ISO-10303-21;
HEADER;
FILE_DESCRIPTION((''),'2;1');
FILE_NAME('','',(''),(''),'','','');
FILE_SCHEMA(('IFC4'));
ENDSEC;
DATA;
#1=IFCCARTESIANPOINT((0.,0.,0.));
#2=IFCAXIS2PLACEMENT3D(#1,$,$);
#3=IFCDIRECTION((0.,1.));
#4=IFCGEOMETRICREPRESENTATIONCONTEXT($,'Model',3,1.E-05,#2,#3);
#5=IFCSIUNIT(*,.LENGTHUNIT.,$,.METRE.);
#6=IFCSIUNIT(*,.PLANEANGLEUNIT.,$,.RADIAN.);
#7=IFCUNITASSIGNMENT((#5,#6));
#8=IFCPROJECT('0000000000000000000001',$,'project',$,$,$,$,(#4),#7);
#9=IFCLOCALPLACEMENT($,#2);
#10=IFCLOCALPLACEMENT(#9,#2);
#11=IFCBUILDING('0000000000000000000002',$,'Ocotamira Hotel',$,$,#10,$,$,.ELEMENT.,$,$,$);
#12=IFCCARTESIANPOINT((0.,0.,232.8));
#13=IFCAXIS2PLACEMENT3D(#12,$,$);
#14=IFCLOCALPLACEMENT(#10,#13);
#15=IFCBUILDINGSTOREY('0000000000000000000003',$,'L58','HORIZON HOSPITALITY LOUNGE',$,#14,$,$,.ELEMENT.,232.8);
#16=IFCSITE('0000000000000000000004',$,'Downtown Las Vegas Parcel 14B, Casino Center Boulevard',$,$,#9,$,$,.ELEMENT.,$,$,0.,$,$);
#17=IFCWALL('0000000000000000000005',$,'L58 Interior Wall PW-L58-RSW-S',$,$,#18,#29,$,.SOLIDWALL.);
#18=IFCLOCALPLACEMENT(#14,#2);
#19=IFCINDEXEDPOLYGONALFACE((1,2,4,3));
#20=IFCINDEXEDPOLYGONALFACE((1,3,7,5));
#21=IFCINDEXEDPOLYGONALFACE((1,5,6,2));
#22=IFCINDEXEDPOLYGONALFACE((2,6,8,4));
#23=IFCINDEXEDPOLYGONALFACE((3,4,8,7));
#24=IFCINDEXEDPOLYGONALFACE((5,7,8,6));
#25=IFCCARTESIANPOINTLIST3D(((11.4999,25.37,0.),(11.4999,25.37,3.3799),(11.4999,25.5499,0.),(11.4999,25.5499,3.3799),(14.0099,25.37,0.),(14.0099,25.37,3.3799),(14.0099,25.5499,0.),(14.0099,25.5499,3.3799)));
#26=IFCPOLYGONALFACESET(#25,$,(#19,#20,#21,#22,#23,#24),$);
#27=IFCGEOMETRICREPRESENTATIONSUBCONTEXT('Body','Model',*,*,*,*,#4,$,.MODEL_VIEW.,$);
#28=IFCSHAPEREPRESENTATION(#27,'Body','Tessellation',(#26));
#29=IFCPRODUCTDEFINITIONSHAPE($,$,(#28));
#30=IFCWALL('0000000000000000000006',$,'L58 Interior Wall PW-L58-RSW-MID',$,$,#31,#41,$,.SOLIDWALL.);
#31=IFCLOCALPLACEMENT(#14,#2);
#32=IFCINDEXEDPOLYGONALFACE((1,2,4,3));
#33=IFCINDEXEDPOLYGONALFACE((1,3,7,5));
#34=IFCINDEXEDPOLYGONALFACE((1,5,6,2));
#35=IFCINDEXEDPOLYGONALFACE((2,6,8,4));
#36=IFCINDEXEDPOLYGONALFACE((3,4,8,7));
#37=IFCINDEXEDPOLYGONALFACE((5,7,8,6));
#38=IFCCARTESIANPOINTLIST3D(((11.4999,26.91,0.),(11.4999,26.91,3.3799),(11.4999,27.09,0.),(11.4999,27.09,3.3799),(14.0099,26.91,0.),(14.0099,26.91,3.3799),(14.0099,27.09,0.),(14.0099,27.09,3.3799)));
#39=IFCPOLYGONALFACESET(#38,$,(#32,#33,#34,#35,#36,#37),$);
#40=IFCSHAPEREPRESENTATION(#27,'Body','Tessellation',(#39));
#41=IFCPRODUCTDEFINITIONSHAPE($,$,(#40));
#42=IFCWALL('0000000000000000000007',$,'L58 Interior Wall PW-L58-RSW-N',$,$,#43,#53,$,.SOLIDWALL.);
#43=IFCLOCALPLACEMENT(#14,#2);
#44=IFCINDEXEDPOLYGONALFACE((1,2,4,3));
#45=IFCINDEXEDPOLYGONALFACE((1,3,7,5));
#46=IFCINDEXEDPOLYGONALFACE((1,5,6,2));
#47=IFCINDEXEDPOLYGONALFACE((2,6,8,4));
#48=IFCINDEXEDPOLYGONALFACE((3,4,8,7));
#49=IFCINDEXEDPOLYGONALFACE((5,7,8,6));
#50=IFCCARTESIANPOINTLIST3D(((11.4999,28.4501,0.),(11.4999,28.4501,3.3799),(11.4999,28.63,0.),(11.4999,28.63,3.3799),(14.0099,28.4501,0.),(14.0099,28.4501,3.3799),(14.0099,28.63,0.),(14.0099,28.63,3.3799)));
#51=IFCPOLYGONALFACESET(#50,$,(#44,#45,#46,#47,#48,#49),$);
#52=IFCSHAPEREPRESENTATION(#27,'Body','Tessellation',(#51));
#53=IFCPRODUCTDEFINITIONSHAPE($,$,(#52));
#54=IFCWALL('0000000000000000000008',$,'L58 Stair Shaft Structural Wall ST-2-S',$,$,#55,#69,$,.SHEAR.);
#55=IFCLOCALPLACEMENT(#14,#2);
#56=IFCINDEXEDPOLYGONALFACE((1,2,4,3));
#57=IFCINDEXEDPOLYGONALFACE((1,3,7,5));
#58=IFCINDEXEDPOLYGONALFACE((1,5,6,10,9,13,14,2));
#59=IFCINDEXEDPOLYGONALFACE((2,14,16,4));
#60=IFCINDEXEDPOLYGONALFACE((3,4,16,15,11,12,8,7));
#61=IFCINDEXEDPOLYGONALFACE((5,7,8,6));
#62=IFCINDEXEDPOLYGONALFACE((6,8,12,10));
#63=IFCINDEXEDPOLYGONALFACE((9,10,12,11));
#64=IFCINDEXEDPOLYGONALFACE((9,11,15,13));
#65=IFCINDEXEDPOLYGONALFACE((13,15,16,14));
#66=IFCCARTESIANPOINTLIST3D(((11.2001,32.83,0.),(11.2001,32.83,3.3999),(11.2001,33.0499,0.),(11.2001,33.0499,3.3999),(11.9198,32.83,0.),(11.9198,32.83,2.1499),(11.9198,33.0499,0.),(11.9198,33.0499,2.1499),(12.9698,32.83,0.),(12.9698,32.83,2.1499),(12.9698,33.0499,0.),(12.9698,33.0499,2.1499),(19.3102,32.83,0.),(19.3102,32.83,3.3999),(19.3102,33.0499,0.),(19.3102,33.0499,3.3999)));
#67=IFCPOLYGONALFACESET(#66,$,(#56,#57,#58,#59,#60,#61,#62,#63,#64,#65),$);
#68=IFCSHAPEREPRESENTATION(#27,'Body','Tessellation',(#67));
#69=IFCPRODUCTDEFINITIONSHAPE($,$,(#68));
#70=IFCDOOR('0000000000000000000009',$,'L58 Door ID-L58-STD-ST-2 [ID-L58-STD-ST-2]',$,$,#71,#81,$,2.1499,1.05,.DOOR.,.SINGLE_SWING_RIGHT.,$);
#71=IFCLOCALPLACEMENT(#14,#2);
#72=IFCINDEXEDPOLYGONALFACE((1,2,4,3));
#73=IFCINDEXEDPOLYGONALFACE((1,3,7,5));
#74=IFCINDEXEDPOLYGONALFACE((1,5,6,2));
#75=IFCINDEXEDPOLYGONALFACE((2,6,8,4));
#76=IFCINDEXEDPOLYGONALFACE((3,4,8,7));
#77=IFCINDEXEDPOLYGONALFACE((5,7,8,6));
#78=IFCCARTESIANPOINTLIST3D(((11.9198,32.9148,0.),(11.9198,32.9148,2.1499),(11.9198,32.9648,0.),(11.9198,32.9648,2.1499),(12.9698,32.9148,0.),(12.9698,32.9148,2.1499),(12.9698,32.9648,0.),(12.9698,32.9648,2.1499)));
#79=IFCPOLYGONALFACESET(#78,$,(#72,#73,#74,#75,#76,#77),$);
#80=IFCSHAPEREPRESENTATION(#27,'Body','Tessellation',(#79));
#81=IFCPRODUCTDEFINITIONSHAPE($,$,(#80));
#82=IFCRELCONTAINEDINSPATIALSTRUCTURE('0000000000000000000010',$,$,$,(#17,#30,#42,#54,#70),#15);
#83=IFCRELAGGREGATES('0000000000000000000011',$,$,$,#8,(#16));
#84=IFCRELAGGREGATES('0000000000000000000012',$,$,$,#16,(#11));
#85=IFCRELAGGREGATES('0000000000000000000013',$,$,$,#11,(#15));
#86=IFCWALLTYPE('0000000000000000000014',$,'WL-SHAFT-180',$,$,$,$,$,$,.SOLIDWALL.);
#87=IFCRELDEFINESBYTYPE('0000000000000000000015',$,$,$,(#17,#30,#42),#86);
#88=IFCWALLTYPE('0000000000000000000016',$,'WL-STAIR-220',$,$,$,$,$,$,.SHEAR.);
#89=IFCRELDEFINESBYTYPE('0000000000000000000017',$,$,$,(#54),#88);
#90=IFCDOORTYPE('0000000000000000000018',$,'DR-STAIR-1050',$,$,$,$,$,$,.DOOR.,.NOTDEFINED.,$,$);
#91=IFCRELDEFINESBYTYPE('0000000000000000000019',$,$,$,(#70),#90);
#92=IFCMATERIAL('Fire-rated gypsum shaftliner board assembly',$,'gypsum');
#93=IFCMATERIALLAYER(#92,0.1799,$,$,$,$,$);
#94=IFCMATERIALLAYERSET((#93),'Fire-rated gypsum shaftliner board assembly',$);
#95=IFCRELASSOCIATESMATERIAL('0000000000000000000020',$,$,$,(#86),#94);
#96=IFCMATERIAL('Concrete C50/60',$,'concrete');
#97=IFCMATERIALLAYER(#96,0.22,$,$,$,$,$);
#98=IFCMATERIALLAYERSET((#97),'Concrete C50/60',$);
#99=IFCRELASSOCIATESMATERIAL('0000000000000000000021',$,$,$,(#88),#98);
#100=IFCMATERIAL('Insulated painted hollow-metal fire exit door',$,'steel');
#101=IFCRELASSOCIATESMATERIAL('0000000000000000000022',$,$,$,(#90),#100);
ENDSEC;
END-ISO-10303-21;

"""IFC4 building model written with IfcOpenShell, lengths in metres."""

from ifc_helpers import new_model, si_unit, direction, frame, frame_2d, origin, place, context, subcontext, project, spatial, rectangle, extrude, source, transform, mapped, material, layer, layer_set, type_object, element, fill, save


model = new_model("IFC4")

# Units and contexts
model_context = context("Model", 3, precision=1e-05, world=origin(), true_north=direction((0.0, 1.0)))
body_context = subcontext(model_context, "Body", "Model", "MODEL_VIEW")
ifc_project = project(units=[si_unit("LENGTHUNIT", "METRE"), si_unit("PLANEANGLEUNIT", "RADIAN")], contexts=[model_context])

# Site, building, storey
site_placement = place(None, origin())
site = spatial("IfcSite", under=ifc_project, at=site_placement, Name="Downtown Las Vegas Parcel 14B, Casino Center Boulevard", CompositionType="ELEMENT", RefElevation=0.0)
building_placement = place(site_placement, origin())
building = spatial("IfcBuilding", under=site, at=building_placement, Name="Ocotamira Hotel", CompositionType="ELEMENT")
storey_placement = place(building_placement, frame((0.0, 0.0, 232.8)))
storey = spatial("IfcBuildingStorey", under=building, at=storey_placement, Name="L58", Description="HORIZON HOSPITALITY LOUNGE", CompositionType="ELEMENT", Elevation=232.8)

# Walls
ifc_material_1 = material(Name="Fire-rated gypsum shaftliner board assembly", Category="gypsum")
ifc_layer_1 = layer(ifc_material_1, 0.1799)
ifc_layer_set_1 = layer_set([ifc_layer_1], Name="Fire-rated gypsum shaftliner board assembly")
wall_type_1 = type_object("IfcWallType", Name="WL-SHAFT-180", PredefinedType="SOLIDWALL", material=ifc_layer_set_1)
for number, where, z_axis, x_axis, name in (
    (1, (11.5, 25.46, 0.0), (0.0, 0.0, 1.0), (1.0, 0.0, 0.0), "L58 Interior Wall PW-L58-RSW-S"),
    (2, (11.5, 27.0, 0.0), (0.0, 0.0, 1.0), (1.0, 0.0, 0.0), "L58 Interior Wall PW-L58-RSW-MID"),
    (3, (11.5, 28.54, 0.0), (0.0, 0.0, 1.0), (1.0, 0.0, 0.0), "L58 Interior Wall PW-L58-RSW-N"),
):
    element("IfcWall", number, at=place(storey_placement, frame(where, z_axis=z_axis, x_axis=x_axis)), inside=storey, type_object=wall_type_1, Name=name, PredefinedType="SOLIDWALL", context=body_context, shape_type="SweptSolid", body=[
        extrude(rectangle(XDim=2.51, YDim=0.1799, at=frame_2d((1.2549, 0.0))), origin(), (0.0, 0.0, 1.0), 3.3799),
    ])

# Wall, opening, door
ifc_material_2 = material(Name="Concrete C50/60", Category="concrete")
ifc_layer_2 = layer(ifc_material_2, 0.22)
ifc_layer_set_2 = layer_set([ifc_layer_2], Name="Concrete C50/60")
wall_type_2 = type_object("IfcWallType", Name="WL-STAIR-220", PredefinedType="SHEAR", material=ifc_layer_set_2)
wall_1_placement = place(storey_placement, frame((11.2, 32.9399, 0.0), z_axis=(0.0, 0.0, 1.0), x_axis=(1.0, 0.0, 0.0)))
wall_1 = element("IfcWall", 4, at=wall_1_placement, inside=storey, type_object=wall_type_2, Name="L58 Stair Shaft Structural Wall ST-2-S", PredefinedType="SHEAR", context=body_context, shape_type="SweptSolid", body=[
    extrude(rectangle(XDim=8.1101, YDim=0.22, at=frame_2d((4.0552, 0.0))), origin(), (0.0, 0.0, 1.0), 3.3999),
])
opening_placement = place(wall_1_placement, frame((0.72, 0.0, 0.0)))
opening = element("IfcOpeningElement", 5, at=opening_placement, cuts=wall_1, PredefinedType="OPENING", context=body_context, shape_type="SweptSolid", body=[
    extrude(rectangle(XDim=1.05, YDim=2.1499, at=frame_2d((0.5249, 1.075))), frame((0.0, 0.1201, 0.0), z_axis=(0.0, -1.0, 0.0), x_axis=(1.0, 0.0, 0.0)), (0.0, 0.0, 1.0), 0.24),
])
ifc_material_3 = material(Name="Insulated painted hollow-metal fire exit door", Category="steel")
door_type = type_object("IfcDoorType", Name="DR-STAIR-1050", OperationType="NOTDEFINED", PredefinedType="DOOR", material=ifc_material_3)
shared_shape_1 = source(origin(), body_context, "Body", "SweptSolid", [
    extrude(rectangle(XDim=1.05, YDim=2.1499, at=frame_2d((0.5249, 1.075))), frame((0.0, 0.0249, 0.0), z_axis=(0.0, -1.0, 0.0), x_axis=(1.0, 0.0, 0.0)), (0.0, 0.0, 1.0), 0.05),
])
door_placement = place(opening_placement, origin())
door = element("IfcDoor", 6, at=door_placement, inside=storey, type_object=door_type, Name="L58 Door ID-L58-STD-ST-2 [ID-L58-STD-ST-2]", OperationType="SINGLE_SWING_RIGHT", OverallHeight=2.1499, OverallWidth=1.05, PredefinedType="DOOR", context=body_context, shape_type="MappedRepresentation", body=[
    mapped(shared_shape_1, transform((0.0, 0.0, 0.0), scale=1.0)),
])
fill(opening, door)

save(model, "model.ifc")
